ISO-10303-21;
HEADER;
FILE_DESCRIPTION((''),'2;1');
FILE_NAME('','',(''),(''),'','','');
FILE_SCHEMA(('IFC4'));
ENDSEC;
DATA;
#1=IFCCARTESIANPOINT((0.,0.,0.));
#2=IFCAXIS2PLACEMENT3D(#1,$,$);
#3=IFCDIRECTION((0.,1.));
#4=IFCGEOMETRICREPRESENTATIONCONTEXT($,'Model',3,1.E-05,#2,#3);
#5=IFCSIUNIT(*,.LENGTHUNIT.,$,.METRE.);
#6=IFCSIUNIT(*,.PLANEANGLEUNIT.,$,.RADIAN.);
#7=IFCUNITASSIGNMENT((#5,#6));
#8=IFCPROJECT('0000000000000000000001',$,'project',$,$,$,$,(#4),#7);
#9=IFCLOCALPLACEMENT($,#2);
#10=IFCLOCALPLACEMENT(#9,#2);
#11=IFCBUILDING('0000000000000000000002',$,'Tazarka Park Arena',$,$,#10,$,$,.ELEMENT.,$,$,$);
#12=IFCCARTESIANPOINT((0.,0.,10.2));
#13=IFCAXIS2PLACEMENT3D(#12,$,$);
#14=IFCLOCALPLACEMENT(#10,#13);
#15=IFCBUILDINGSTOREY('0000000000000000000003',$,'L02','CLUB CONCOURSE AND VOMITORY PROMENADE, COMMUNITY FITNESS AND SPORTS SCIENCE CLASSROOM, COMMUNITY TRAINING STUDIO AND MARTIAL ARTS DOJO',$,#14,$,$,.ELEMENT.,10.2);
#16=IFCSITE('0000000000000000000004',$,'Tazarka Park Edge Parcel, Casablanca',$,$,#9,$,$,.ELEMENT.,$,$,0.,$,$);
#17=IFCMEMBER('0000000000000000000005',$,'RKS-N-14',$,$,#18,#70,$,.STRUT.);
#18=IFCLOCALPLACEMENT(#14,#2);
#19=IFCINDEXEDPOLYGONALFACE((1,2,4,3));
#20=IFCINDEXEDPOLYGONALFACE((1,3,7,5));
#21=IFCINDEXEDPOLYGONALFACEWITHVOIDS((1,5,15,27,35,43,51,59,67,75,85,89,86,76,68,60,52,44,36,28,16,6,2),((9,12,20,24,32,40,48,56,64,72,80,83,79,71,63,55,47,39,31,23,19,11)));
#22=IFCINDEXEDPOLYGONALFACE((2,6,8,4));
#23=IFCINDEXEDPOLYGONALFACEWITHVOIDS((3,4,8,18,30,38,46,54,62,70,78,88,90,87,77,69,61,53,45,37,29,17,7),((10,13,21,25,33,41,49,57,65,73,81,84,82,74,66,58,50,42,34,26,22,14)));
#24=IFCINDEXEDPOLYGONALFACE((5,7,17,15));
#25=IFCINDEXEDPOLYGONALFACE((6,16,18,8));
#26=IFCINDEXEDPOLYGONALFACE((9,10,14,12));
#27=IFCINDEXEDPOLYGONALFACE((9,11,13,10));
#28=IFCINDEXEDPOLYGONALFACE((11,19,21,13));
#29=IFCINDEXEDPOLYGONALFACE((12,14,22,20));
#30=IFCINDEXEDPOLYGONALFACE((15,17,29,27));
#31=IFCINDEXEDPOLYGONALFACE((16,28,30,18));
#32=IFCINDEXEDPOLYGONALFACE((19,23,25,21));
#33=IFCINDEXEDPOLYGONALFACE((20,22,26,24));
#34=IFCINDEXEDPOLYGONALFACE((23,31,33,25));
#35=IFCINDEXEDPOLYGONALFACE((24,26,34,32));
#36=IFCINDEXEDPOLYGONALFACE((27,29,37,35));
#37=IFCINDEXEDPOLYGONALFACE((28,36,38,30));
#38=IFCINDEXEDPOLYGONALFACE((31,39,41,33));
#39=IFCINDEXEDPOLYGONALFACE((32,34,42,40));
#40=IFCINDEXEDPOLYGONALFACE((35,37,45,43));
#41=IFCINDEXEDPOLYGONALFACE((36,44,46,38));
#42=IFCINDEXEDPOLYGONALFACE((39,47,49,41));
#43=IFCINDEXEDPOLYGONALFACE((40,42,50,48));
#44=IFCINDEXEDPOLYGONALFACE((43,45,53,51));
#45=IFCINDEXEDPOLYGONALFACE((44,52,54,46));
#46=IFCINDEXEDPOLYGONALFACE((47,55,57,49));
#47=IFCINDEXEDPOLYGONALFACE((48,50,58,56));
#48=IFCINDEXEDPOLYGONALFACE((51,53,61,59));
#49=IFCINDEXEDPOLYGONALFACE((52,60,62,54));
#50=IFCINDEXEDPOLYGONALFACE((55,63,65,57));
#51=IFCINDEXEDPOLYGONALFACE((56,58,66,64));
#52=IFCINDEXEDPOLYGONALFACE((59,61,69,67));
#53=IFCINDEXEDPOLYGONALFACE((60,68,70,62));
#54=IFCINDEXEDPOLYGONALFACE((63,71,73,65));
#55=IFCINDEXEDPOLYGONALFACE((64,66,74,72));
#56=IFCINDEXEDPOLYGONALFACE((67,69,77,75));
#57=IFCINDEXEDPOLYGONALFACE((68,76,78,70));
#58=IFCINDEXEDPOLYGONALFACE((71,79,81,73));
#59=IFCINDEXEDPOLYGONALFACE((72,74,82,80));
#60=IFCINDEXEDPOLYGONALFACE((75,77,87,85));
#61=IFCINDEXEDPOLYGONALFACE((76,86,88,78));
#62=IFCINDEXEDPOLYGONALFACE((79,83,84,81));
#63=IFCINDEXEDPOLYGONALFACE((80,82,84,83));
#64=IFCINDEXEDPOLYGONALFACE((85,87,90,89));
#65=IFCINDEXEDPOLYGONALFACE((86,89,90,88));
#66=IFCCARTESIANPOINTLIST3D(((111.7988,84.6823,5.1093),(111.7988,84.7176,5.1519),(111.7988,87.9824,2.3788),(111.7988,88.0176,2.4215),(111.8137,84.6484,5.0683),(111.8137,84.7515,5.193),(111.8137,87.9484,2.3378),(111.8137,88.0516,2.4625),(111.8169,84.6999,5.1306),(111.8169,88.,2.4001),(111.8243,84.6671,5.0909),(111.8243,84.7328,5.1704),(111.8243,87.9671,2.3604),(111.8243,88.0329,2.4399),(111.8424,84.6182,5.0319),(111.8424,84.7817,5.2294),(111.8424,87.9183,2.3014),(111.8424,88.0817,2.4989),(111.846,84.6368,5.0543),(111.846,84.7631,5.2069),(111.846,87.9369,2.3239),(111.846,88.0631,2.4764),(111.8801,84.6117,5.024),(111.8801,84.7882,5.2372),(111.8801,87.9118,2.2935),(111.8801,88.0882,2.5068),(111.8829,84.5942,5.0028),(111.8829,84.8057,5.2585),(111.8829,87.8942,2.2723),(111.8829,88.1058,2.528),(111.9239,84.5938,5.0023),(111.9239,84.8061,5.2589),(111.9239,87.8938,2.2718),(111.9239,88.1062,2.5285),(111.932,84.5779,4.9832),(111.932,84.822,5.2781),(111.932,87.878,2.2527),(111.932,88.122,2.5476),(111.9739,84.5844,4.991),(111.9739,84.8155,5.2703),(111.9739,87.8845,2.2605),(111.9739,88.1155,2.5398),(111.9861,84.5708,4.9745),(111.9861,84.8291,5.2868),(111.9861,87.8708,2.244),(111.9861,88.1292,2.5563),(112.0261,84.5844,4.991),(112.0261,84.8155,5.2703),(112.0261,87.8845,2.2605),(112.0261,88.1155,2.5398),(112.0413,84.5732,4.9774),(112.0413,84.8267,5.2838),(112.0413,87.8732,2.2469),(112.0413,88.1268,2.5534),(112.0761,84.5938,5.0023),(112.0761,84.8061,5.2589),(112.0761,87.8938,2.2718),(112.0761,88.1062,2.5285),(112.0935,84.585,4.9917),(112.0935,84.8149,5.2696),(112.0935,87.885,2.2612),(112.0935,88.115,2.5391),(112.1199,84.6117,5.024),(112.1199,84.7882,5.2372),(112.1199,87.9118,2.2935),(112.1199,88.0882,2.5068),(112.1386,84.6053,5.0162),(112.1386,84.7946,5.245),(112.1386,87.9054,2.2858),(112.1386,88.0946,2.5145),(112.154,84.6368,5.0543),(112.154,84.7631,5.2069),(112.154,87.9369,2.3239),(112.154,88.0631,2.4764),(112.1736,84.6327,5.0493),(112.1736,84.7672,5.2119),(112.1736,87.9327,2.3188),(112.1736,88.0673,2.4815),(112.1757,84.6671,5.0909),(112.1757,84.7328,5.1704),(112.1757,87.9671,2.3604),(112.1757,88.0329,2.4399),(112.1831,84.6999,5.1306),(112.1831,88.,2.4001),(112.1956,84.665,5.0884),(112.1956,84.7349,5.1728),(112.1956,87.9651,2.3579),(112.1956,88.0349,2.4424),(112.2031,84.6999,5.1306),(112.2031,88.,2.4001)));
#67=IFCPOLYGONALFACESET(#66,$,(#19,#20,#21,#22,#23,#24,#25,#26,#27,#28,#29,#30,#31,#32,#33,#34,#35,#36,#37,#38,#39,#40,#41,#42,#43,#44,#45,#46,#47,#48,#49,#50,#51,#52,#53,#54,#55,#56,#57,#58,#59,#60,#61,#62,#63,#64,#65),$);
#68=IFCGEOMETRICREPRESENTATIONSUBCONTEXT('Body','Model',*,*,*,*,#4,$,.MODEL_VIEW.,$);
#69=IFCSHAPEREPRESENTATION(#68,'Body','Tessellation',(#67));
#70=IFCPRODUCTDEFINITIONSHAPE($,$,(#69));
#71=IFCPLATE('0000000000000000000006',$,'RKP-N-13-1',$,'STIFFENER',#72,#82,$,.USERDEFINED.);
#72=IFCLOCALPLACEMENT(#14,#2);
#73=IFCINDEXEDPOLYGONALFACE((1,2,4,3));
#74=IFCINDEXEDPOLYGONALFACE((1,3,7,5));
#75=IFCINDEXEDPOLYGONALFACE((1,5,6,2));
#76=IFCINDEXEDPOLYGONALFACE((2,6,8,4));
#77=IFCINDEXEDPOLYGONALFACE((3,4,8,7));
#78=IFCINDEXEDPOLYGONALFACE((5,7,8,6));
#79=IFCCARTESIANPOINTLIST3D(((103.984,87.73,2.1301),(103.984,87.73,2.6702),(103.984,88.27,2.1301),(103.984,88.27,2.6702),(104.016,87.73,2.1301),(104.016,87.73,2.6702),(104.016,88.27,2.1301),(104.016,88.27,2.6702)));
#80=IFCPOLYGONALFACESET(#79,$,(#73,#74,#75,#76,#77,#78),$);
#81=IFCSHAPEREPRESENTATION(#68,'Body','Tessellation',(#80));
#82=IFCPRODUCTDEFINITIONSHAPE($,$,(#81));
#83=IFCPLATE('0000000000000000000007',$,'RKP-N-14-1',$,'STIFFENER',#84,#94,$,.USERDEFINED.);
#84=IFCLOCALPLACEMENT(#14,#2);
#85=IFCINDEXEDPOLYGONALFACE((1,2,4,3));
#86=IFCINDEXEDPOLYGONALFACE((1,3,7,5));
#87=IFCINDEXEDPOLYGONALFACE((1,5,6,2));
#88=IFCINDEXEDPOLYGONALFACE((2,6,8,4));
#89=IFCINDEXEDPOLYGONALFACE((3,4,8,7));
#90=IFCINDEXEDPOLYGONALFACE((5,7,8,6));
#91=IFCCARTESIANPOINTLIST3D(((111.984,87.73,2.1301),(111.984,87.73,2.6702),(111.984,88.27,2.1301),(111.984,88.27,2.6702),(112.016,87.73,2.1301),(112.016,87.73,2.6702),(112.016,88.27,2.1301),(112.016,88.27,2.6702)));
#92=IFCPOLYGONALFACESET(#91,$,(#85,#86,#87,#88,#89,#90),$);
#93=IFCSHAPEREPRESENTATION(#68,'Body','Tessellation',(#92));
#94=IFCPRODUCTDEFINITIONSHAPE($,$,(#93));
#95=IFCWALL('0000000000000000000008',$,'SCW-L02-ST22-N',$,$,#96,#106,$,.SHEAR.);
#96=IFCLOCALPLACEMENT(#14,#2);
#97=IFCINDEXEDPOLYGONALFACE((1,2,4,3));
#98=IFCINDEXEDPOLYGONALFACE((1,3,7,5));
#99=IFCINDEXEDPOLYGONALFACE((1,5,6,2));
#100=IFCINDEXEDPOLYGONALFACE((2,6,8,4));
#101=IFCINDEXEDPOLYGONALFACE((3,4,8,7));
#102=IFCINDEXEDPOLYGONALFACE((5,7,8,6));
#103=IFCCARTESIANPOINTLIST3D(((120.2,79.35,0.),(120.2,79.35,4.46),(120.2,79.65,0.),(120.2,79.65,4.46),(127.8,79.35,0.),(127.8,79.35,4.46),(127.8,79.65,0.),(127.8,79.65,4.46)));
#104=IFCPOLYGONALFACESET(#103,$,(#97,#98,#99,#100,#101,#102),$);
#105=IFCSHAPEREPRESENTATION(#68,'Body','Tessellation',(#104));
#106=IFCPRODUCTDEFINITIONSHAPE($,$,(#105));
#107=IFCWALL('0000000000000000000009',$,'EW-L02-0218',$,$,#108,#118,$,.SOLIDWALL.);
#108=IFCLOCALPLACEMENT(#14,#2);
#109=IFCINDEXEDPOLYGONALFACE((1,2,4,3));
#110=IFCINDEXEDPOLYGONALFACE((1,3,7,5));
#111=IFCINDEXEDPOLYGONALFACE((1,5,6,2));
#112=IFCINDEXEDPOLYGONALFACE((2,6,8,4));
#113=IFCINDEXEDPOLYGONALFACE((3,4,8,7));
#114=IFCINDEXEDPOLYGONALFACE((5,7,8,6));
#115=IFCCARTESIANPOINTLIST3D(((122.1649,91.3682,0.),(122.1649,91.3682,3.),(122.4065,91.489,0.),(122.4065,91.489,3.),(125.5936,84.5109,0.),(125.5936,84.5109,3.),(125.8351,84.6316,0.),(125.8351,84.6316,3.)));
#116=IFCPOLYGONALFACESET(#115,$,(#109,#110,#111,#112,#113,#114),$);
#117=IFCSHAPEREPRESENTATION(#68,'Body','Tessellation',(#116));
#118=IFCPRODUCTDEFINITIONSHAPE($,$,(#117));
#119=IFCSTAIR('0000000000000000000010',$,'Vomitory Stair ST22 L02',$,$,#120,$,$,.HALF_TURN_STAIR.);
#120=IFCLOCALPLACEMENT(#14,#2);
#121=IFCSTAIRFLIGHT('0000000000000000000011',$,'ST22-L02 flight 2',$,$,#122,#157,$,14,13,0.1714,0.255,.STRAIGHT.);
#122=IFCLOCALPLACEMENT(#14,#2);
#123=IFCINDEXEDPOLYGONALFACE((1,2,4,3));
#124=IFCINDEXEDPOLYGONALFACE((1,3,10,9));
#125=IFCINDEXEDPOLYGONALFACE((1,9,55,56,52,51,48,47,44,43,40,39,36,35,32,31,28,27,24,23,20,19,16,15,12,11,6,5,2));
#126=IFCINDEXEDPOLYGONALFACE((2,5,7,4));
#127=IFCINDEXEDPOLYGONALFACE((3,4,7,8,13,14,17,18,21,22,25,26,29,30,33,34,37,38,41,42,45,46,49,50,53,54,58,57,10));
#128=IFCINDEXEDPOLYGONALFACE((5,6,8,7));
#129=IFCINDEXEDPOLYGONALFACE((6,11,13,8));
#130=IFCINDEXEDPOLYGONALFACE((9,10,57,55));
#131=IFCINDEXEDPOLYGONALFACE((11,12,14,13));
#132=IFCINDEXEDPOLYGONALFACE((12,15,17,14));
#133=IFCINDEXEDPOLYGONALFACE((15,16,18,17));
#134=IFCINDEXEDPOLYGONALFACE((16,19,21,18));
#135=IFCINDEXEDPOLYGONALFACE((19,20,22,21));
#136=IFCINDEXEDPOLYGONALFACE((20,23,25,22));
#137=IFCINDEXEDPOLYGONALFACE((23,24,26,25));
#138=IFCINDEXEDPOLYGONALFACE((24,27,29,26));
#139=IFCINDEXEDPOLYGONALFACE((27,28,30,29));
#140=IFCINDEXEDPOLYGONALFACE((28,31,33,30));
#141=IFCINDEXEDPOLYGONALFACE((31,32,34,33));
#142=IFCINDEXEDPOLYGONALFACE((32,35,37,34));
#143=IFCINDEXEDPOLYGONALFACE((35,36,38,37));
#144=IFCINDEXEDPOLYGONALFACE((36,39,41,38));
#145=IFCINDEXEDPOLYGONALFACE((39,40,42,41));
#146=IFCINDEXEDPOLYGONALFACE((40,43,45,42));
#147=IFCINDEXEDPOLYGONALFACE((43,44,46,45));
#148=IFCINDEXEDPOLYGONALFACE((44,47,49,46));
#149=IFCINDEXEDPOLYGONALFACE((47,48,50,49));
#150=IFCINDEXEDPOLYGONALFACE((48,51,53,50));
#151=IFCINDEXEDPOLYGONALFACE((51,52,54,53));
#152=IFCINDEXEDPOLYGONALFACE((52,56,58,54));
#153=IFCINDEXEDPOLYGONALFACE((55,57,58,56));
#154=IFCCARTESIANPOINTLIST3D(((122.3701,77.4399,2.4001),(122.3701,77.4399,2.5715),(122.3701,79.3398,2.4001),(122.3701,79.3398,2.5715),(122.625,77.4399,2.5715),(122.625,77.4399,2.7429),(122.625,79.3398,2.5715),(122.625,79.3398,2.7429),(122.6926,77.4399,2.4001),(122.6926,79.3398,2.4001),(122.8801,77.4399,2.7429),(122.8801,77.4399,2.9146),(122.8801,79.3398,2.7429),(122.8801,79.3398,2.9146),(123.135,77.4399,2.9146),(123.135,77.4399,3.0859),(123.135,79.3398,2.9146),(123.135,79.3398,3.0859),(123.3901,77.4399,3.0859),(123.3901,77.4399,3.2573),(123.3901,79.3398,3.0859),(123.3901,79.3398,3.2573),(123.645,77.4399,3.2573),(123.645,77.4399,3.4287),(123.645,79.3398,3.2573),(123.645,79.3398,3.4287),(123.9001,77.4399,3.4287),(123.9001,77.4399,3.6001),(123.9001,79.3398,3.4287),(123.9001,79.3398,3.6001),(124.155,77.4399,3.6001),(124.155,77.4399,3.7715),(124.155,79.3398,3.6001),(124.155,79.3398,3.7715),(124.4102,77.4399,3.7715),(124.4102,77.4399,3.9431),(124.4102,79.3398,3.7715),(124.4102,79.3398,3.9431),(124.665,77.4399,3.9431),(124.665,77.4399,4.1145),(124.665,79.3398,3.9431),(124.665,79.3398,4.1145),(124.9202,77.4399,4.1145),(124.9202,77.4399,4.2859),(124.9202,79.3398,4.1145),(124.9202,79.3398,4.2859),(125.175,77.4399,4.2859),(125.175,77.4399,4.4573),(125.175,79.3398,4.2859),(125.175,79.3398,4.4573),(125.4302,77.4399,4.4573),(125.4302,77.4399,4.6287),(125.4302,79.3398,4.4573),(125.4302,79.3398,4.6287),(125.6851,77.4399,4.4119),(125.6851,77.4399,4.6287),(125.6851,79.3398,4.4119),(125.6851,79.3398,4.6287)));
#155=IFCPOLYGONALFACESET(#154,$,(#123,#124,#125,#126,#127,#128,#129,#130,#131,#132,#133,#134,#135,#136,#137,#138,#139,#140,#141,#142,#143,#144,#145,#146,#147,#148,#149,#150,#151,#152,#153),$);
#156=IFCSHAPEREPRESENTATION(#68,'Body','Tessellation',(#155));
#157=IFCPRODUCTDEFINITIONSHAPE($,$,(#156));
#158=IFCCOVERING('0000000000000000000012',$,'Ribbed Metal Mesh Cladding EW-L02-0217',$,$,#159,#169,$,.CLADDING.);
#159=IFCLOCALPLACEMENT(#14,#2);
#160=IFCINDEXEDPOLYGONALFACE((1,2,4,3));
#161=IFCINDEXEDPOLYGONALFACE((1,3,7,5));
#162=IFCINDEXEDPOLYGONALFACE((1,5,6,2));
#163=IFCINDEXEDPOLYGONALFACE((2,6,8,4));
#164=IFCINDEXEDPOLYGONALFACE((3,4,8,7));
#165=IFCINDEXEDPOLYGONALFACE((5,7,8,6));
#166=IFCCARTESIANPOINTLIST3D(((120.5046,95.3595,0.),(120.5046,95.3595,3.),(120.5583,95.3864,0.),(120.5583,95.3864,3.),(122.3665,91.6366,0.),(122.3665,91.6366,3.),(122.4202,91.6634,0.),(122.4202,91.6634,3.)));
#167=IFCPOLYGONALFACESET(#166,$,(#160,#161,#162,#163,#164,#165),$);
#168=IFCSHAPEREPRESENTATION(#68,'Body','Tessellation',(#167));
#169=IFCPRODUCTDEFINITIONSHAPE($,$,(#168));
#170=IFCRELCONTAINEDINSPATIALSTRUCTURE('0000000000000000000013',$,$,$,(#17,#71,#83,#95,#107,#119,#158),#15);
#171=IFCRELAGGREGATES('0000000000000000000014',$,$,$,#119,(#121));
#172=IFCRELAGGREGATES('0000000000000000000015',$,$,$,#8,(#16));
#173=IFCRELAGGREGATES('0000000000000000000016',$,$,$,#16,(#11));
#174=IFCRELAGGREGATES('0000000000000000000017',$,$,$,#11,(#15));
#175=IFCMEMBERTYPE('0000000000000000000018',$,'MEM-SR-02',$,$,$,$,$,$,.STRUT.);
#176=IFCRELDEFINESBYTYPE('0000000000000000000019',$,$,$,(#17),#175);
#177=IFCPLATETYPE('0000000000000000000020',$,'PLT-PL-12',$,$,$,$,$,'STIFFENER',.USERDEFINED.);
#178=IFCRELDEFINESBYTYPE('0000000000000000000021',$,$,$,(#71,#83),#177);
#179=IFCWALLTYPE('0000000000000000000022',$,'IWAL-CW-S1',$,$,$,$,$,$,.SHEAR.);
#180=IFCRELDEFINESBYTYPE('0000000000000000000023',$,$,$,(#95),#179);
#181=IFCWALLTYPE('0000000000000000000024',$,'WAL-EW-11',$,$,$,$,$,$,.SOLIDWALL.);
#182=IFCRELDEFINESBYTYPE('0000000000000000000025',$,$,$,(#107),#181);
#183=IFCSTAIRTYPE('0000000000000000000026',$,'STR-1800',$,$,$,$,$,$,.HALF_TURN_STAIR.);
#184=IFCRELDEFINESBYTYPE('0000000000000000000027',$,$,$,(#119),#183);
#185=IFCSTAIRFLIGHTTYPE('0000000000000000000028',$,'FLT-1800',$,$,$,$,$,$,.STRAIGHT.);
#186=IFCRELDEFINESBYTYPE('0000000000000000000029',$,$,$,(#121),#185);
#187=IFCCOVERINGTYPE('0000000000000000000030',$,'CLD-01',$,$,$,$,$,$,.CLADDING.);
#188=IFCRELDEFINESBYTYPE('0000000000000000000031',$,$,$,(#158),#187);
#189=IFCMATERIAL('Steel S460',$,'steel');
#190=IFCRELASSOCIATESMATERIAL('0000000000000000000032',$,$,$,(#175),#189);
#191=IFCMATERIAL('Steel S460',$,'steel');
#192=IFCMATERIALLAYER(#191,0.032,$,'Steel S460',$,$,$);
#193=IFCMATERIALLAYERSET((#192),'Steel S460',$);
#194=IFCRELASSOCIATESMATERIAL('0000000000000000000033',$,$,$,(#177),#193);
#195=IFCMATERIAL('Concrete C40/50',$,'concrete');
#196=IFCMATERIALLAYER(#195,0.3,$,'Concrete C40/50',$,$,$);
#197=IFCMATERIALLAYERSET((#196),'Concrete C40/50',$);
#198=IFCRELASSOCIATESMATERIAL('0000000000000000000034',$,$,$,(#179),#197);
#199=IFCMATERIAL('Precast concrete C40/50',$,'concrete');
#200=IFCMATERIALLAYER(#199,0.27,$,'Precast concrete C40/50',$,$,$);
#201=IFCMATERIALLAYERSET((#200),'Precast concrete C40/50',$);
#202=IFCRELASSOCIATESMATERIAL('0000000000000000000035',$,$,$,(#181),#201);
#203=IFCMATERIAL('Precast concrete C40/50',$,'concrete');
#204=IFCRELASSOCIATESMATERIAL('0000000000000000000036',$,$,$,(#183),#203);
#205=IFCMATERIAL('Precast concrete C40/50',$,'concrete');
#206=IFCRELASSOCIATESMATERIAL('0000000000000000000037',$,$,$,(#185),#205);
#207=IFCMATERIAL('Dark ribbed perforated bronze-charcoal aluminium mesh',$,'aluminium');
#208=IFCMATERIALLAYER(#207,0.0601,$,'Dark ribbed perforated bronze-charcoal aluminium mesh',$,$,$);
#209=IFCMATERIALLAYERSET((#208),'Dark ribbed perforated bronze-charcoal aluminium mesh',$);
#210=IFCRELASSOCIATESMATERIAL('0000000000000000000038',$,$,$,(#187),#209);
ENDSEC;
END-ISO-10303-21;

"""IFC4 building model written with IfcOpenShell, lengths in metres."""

from ifc_helpers import new_model, si_unit, direction, frame, frame_2d, origin, origin_2d, place, context, subcontext, project, spatial, polyline, rectangle, hollow_circle, outline, extrude, material, layer, layer_set, material_profile, profile_set, type_object, element, aggregate, save


model = new_model("IFC4")

# Units and contexts
model_context = context("Model", 3, precision=1e-05, world=origin(), true_north=direction((0.0, 1.0)))
body_context = subcontext(model_context, "Body", "Model", "MODEL_VIEW")
ifc_project = project(units=[si_unit("LENGTHUNIT", "METRE"), si_unit("PLANEANGLEUNIT", "RADIAN")], contexts=[model_context])

# Site, building, storey
site_placement = place(None, origin())
site = spatial("IfcSite", under=ifc_project, at=site_placement, Name="Tazarka Park Edge Parcel, Casablanca", CompositionType="ELEMENT", RefElevation=0.0)
building_placement = place(site_placement, origin())
building = spatial("IfcBuilding", under=site, at=building_placement, Name="Tazarka Park Arena", CompositionType="ELEMENT")
storey_placement = place(building_placement, frame((0.0, 0.0, 10.2)))
storey = spatial("IfcBuildingStorey", under=building, at=storey_placement, Name="L02", Description="CLUB CONCOURSE AND VOMITORY PROMENADE, COMMUNITY FITNESS AND SPORTS SCIENCE CLASSROOM, COMMUNITY TRAINING STUDIO AND MARTIAL ARTS DOJO", CompositionType="ELEMENT", Elevation=10.2)

# Member
ifc_material_1 = material(Name="Steel S460", Category="steel")
ifc_material_profile_1 = material_profile(ifc_material_1, hollow_circle(Radius=0.2031, WallThickness=0.02, at=origin_2d()), Name="Steel S460")
ifc_profile_set_1 = profile_set([ifc_material_profile_1], Name="Steel S460")
member_type = type_object("IfcMemberType", Name="MEM-SR-02", PredefinedType="STRUT", material=ifc_profile_set_1)
for number, where, z_axis, x_axis, name in (
    (1, (112.0, 88.0, 2.4001), (0.0, -0.770464, 0.637484), (1.0, 0.0, 0.0), "RKS-N-14"),
):
    element("IfcMember", number, at=place(storey_placement, frame(where, z_axis=z_axis, x_axis=x_axis)), inside=storey, type_object=member_type, Name=name, PredefinedType="STRUT", context=body_context, shape_type="SweptSolid", body=[
        extrude(hollow_circle(Radius=0.2031, WallThickness=0.02, at=origin_2d()), origin(), (0.0, 0.0, 1.0), 4.2832),
    ])

# Plates
ifc_material_2 = material(Name="Steel S460", Category="steel")
ifc_layer_1 = layer(ifc_material_2, 0.032, Name="Steel S460")
ifc_layer_set_1 = layer_set([ifc_layer_1], Name="Steel S460")
plate_type = type_object("IfcPlateType", Name="PLT-PL-12", ElementType="STIFFENER", PredefinedType="USERDEFINED", material=ifc_layer_set_1)
for number, where, z_axis, x_axis, name in (
    (2, (104.0, 88.0, 2.1301), (0.0, 0.0, 1.0), (1.0, 0.0, 0.0), "RKP-N-13-1"),
    (3, (112.0, 88.0, 2.1301), (0.0, 0.0, 1.0), (1.0, 0.0, 0.0), "RKP-N-14-1"),
):
    element("IfcPlate", number, at=place(storey_placement, frame(where, z_axis=z_axis, x_axis=x_axis)), inside=storey, type_object=plate_type, Name=name, ObjectType="STIFFENER", PredefinedType="USERDEFINED", context=body_context, shape_type="SweptSolid", body=[
        extrude(rectangle(XDim=0.032, YDim=0.54, at=origin_2d()), origin(), (0.0, 0.0, 1.0), 0.54),
    ])

# Walls
ifc_material_3 = material(Name="Concrete C40/50", Category="concrete")
ifc_layer_2 = layer(ifc_material_3, 0.3, Name="Concrete C40/50")
ifc_layer_set_2 = layer_set([ifc_layer_2], Name="Concrete C40/50")
wall_type_1 = type_object("IfcWallType", Name="IWAL-CW-S1", PredefinedType="SHEAR", material=ifc_layer_set_2)
wall_1_placement = place(storey_placement, frame((120.2, 79.5, 0.0), z_axis=(0.0, 0.0, 1.0), x_axis=(1.0, 0.0, 0.0)))
element("IfcWall", 4, at=wall_1_placement, inside=storey, type_object=wall_type_1, Name="SCW-L02-ST22-N", PredefinedType="SHEAR", context=body_context, shape_type="SweptSolid", body=[
    extrude(rectangle(XDim=7.6001, YDim=0.3, at=frame_2d((3.8, 0.0))), origin(), (0.0, 0.0, 1.0), 4.46),
])
ifc_material_4 = material(Name="Precast concrete C40/50", Category="concrete")
ifc_layer_3 = layer(ifc_material_4, 0.27, Name="Precast concrete C40/50")
ifc_layer_set_3 = layer_set([ifc_layer_3], Name="Precast concrete C40/50")
wall_type_2 = type_object("IfcWallType", Name="WAL-EW-11", PredefinedType="SOLIDWALL", material=ifc_layer_set_3)
wall_2_placement = place(storey_placement, frame((122.2856, 91.4287, 0.0), z_axis=(0.0, 0.0, 1.0), x_axis=(0.447214, -0.894427, 0.0)))
element("IfcWall", 5, at=wall_2_placement, inside=storey, type_object=wall_type_2, Name="EW-L02-0218", PredefinedType="SOLIDWALL", context=body_context, shape_type="SweptSolid", body=[
    extrude(rectangle(XDim=7.6667, YDim=0.27, at=frame_2d((3.8335, 0.0))), origin(), (0.0, 0.0, 1.0), 3.0),
])

# Stair, stair flight
ifc_material_5 = material(Name="Precast concrete C40/50", Category="concrete")
stair_type = type_object("IfcStairType", Name="STR-1800", PredefinedType="HALF_TURN_STAIR", material=ifc_material_5)
stair_placement = place(storey_placement, origin())
stair = element("IfcStair", 6, at=stair_placement, inside=storey, type_object=stair_type, Name="Vomitory Stair ST22 L02", PredefinedType="HALF_TURN_STAIR")
ifc_material_6 = material(Name="Precast concrete C40/50", Category="concrete")
stair_flight_type = type_object("IfcStairFlightType", Name="FLT-1800", PredefinedType="STRAIGHT", material=ifc_material_6)
stair_flight_placement = place(storey_placement, frame((122.3701, 78.3899, 2.4001), z_axis=(0.0, 0.0, 1.0), x_axis=(1.0, 0.0, 0.0)))
stair_flight = element("IfcStairFlight", 7, at=stair_flight_placement, type_object=stair_flight_type, Name="ST22-L02 flight 2", NumberOfRisers=14, NumberOfTreads=13, PredefinedType="STRAIGHT", RiserHeight=0.1714, TreadLength=0.255, context=body_context, shape_type="SweptSolid", body=[
    extrude(outline(polyline([(0.0, 0.0), (0.0, 0.1714), (0.2549, 0.1714), (0.2549, 0.3428), (0.51, 0.3428), (0.51, 0.5144), (0.7649, 0.5144), (0.7649, 0.6858), (1.02, 0.6858), (1.02, 0.8572), (1.2749, 0.8572), (1.2749, 1.0286), (1.53, 1.0286), (1.53, 1.2), (1.7849, 1.2), (1.7849, 1.3713), (2.04, 1.3713), (2.04, 1.543), (2.2949, 1.543), (2.2949, 1.7144), (2.55, 1.7144), (2.55, 1.8857), (2.8049, 1.8857), (2.8049, 2.0571), (3.0601, 2.0571), (3.0601, 2.2285), (3.3149, 2.2285), (3.3149, 2.3999), (3.3149, 2.0117), (0.3225, 0.0), (0.0, 0.0)])), frame((0.0, 0.95, 0.0), z_axis=(0.0, -1.0, 0.0), x_axis=(1.0, 0.0, 0.0)), (0.0, 0.0, 1.0), 1.8999),
])
aggregate(stair, [stair_flight])

# Covering
ifc_material_7 = material(Name="Dark ribbed perforated bronze-charcoal aluminium mesh", Category="aluminium")
ifc_layer_4 = layer(ifc_material_7, 0.0601, Name="Dark ribbed perforated bronze-charcoal aluminium mesh")
ifc_layer_set_4 = layer_set([ifc_layer_4], Name="Dark ribbed perforated bronze-charcoal aluminium mesh")
covering_type = type_object("IfcCoveringType", Name="CLD-01", PredefinedType="CLADDING", material=ifc_layer_set_4)
covering_placement = place(storey_placement, frame((121.4624, 93.5115, 0.0), z_axis=(0.0, 0.0, 1.0), x_axis=(0.447291, -0.894389, 0.0)))
element("IfcCovering", 8, at=covering_placement, inside=storey, type_object=covering_type, Name="Ribbed Metal Mesh Cladding EW-L02-0217", PredefinedType="CLADDING", context=body_context, shape_type="SweptSolid", body=[
    extrude(rectangle(XDim=4.1626, YDim=0.0601, at=origin_2d()), origin(), (0.0, 0.0, 1.0), 3.0),
])

save(model, "model.ifc")
